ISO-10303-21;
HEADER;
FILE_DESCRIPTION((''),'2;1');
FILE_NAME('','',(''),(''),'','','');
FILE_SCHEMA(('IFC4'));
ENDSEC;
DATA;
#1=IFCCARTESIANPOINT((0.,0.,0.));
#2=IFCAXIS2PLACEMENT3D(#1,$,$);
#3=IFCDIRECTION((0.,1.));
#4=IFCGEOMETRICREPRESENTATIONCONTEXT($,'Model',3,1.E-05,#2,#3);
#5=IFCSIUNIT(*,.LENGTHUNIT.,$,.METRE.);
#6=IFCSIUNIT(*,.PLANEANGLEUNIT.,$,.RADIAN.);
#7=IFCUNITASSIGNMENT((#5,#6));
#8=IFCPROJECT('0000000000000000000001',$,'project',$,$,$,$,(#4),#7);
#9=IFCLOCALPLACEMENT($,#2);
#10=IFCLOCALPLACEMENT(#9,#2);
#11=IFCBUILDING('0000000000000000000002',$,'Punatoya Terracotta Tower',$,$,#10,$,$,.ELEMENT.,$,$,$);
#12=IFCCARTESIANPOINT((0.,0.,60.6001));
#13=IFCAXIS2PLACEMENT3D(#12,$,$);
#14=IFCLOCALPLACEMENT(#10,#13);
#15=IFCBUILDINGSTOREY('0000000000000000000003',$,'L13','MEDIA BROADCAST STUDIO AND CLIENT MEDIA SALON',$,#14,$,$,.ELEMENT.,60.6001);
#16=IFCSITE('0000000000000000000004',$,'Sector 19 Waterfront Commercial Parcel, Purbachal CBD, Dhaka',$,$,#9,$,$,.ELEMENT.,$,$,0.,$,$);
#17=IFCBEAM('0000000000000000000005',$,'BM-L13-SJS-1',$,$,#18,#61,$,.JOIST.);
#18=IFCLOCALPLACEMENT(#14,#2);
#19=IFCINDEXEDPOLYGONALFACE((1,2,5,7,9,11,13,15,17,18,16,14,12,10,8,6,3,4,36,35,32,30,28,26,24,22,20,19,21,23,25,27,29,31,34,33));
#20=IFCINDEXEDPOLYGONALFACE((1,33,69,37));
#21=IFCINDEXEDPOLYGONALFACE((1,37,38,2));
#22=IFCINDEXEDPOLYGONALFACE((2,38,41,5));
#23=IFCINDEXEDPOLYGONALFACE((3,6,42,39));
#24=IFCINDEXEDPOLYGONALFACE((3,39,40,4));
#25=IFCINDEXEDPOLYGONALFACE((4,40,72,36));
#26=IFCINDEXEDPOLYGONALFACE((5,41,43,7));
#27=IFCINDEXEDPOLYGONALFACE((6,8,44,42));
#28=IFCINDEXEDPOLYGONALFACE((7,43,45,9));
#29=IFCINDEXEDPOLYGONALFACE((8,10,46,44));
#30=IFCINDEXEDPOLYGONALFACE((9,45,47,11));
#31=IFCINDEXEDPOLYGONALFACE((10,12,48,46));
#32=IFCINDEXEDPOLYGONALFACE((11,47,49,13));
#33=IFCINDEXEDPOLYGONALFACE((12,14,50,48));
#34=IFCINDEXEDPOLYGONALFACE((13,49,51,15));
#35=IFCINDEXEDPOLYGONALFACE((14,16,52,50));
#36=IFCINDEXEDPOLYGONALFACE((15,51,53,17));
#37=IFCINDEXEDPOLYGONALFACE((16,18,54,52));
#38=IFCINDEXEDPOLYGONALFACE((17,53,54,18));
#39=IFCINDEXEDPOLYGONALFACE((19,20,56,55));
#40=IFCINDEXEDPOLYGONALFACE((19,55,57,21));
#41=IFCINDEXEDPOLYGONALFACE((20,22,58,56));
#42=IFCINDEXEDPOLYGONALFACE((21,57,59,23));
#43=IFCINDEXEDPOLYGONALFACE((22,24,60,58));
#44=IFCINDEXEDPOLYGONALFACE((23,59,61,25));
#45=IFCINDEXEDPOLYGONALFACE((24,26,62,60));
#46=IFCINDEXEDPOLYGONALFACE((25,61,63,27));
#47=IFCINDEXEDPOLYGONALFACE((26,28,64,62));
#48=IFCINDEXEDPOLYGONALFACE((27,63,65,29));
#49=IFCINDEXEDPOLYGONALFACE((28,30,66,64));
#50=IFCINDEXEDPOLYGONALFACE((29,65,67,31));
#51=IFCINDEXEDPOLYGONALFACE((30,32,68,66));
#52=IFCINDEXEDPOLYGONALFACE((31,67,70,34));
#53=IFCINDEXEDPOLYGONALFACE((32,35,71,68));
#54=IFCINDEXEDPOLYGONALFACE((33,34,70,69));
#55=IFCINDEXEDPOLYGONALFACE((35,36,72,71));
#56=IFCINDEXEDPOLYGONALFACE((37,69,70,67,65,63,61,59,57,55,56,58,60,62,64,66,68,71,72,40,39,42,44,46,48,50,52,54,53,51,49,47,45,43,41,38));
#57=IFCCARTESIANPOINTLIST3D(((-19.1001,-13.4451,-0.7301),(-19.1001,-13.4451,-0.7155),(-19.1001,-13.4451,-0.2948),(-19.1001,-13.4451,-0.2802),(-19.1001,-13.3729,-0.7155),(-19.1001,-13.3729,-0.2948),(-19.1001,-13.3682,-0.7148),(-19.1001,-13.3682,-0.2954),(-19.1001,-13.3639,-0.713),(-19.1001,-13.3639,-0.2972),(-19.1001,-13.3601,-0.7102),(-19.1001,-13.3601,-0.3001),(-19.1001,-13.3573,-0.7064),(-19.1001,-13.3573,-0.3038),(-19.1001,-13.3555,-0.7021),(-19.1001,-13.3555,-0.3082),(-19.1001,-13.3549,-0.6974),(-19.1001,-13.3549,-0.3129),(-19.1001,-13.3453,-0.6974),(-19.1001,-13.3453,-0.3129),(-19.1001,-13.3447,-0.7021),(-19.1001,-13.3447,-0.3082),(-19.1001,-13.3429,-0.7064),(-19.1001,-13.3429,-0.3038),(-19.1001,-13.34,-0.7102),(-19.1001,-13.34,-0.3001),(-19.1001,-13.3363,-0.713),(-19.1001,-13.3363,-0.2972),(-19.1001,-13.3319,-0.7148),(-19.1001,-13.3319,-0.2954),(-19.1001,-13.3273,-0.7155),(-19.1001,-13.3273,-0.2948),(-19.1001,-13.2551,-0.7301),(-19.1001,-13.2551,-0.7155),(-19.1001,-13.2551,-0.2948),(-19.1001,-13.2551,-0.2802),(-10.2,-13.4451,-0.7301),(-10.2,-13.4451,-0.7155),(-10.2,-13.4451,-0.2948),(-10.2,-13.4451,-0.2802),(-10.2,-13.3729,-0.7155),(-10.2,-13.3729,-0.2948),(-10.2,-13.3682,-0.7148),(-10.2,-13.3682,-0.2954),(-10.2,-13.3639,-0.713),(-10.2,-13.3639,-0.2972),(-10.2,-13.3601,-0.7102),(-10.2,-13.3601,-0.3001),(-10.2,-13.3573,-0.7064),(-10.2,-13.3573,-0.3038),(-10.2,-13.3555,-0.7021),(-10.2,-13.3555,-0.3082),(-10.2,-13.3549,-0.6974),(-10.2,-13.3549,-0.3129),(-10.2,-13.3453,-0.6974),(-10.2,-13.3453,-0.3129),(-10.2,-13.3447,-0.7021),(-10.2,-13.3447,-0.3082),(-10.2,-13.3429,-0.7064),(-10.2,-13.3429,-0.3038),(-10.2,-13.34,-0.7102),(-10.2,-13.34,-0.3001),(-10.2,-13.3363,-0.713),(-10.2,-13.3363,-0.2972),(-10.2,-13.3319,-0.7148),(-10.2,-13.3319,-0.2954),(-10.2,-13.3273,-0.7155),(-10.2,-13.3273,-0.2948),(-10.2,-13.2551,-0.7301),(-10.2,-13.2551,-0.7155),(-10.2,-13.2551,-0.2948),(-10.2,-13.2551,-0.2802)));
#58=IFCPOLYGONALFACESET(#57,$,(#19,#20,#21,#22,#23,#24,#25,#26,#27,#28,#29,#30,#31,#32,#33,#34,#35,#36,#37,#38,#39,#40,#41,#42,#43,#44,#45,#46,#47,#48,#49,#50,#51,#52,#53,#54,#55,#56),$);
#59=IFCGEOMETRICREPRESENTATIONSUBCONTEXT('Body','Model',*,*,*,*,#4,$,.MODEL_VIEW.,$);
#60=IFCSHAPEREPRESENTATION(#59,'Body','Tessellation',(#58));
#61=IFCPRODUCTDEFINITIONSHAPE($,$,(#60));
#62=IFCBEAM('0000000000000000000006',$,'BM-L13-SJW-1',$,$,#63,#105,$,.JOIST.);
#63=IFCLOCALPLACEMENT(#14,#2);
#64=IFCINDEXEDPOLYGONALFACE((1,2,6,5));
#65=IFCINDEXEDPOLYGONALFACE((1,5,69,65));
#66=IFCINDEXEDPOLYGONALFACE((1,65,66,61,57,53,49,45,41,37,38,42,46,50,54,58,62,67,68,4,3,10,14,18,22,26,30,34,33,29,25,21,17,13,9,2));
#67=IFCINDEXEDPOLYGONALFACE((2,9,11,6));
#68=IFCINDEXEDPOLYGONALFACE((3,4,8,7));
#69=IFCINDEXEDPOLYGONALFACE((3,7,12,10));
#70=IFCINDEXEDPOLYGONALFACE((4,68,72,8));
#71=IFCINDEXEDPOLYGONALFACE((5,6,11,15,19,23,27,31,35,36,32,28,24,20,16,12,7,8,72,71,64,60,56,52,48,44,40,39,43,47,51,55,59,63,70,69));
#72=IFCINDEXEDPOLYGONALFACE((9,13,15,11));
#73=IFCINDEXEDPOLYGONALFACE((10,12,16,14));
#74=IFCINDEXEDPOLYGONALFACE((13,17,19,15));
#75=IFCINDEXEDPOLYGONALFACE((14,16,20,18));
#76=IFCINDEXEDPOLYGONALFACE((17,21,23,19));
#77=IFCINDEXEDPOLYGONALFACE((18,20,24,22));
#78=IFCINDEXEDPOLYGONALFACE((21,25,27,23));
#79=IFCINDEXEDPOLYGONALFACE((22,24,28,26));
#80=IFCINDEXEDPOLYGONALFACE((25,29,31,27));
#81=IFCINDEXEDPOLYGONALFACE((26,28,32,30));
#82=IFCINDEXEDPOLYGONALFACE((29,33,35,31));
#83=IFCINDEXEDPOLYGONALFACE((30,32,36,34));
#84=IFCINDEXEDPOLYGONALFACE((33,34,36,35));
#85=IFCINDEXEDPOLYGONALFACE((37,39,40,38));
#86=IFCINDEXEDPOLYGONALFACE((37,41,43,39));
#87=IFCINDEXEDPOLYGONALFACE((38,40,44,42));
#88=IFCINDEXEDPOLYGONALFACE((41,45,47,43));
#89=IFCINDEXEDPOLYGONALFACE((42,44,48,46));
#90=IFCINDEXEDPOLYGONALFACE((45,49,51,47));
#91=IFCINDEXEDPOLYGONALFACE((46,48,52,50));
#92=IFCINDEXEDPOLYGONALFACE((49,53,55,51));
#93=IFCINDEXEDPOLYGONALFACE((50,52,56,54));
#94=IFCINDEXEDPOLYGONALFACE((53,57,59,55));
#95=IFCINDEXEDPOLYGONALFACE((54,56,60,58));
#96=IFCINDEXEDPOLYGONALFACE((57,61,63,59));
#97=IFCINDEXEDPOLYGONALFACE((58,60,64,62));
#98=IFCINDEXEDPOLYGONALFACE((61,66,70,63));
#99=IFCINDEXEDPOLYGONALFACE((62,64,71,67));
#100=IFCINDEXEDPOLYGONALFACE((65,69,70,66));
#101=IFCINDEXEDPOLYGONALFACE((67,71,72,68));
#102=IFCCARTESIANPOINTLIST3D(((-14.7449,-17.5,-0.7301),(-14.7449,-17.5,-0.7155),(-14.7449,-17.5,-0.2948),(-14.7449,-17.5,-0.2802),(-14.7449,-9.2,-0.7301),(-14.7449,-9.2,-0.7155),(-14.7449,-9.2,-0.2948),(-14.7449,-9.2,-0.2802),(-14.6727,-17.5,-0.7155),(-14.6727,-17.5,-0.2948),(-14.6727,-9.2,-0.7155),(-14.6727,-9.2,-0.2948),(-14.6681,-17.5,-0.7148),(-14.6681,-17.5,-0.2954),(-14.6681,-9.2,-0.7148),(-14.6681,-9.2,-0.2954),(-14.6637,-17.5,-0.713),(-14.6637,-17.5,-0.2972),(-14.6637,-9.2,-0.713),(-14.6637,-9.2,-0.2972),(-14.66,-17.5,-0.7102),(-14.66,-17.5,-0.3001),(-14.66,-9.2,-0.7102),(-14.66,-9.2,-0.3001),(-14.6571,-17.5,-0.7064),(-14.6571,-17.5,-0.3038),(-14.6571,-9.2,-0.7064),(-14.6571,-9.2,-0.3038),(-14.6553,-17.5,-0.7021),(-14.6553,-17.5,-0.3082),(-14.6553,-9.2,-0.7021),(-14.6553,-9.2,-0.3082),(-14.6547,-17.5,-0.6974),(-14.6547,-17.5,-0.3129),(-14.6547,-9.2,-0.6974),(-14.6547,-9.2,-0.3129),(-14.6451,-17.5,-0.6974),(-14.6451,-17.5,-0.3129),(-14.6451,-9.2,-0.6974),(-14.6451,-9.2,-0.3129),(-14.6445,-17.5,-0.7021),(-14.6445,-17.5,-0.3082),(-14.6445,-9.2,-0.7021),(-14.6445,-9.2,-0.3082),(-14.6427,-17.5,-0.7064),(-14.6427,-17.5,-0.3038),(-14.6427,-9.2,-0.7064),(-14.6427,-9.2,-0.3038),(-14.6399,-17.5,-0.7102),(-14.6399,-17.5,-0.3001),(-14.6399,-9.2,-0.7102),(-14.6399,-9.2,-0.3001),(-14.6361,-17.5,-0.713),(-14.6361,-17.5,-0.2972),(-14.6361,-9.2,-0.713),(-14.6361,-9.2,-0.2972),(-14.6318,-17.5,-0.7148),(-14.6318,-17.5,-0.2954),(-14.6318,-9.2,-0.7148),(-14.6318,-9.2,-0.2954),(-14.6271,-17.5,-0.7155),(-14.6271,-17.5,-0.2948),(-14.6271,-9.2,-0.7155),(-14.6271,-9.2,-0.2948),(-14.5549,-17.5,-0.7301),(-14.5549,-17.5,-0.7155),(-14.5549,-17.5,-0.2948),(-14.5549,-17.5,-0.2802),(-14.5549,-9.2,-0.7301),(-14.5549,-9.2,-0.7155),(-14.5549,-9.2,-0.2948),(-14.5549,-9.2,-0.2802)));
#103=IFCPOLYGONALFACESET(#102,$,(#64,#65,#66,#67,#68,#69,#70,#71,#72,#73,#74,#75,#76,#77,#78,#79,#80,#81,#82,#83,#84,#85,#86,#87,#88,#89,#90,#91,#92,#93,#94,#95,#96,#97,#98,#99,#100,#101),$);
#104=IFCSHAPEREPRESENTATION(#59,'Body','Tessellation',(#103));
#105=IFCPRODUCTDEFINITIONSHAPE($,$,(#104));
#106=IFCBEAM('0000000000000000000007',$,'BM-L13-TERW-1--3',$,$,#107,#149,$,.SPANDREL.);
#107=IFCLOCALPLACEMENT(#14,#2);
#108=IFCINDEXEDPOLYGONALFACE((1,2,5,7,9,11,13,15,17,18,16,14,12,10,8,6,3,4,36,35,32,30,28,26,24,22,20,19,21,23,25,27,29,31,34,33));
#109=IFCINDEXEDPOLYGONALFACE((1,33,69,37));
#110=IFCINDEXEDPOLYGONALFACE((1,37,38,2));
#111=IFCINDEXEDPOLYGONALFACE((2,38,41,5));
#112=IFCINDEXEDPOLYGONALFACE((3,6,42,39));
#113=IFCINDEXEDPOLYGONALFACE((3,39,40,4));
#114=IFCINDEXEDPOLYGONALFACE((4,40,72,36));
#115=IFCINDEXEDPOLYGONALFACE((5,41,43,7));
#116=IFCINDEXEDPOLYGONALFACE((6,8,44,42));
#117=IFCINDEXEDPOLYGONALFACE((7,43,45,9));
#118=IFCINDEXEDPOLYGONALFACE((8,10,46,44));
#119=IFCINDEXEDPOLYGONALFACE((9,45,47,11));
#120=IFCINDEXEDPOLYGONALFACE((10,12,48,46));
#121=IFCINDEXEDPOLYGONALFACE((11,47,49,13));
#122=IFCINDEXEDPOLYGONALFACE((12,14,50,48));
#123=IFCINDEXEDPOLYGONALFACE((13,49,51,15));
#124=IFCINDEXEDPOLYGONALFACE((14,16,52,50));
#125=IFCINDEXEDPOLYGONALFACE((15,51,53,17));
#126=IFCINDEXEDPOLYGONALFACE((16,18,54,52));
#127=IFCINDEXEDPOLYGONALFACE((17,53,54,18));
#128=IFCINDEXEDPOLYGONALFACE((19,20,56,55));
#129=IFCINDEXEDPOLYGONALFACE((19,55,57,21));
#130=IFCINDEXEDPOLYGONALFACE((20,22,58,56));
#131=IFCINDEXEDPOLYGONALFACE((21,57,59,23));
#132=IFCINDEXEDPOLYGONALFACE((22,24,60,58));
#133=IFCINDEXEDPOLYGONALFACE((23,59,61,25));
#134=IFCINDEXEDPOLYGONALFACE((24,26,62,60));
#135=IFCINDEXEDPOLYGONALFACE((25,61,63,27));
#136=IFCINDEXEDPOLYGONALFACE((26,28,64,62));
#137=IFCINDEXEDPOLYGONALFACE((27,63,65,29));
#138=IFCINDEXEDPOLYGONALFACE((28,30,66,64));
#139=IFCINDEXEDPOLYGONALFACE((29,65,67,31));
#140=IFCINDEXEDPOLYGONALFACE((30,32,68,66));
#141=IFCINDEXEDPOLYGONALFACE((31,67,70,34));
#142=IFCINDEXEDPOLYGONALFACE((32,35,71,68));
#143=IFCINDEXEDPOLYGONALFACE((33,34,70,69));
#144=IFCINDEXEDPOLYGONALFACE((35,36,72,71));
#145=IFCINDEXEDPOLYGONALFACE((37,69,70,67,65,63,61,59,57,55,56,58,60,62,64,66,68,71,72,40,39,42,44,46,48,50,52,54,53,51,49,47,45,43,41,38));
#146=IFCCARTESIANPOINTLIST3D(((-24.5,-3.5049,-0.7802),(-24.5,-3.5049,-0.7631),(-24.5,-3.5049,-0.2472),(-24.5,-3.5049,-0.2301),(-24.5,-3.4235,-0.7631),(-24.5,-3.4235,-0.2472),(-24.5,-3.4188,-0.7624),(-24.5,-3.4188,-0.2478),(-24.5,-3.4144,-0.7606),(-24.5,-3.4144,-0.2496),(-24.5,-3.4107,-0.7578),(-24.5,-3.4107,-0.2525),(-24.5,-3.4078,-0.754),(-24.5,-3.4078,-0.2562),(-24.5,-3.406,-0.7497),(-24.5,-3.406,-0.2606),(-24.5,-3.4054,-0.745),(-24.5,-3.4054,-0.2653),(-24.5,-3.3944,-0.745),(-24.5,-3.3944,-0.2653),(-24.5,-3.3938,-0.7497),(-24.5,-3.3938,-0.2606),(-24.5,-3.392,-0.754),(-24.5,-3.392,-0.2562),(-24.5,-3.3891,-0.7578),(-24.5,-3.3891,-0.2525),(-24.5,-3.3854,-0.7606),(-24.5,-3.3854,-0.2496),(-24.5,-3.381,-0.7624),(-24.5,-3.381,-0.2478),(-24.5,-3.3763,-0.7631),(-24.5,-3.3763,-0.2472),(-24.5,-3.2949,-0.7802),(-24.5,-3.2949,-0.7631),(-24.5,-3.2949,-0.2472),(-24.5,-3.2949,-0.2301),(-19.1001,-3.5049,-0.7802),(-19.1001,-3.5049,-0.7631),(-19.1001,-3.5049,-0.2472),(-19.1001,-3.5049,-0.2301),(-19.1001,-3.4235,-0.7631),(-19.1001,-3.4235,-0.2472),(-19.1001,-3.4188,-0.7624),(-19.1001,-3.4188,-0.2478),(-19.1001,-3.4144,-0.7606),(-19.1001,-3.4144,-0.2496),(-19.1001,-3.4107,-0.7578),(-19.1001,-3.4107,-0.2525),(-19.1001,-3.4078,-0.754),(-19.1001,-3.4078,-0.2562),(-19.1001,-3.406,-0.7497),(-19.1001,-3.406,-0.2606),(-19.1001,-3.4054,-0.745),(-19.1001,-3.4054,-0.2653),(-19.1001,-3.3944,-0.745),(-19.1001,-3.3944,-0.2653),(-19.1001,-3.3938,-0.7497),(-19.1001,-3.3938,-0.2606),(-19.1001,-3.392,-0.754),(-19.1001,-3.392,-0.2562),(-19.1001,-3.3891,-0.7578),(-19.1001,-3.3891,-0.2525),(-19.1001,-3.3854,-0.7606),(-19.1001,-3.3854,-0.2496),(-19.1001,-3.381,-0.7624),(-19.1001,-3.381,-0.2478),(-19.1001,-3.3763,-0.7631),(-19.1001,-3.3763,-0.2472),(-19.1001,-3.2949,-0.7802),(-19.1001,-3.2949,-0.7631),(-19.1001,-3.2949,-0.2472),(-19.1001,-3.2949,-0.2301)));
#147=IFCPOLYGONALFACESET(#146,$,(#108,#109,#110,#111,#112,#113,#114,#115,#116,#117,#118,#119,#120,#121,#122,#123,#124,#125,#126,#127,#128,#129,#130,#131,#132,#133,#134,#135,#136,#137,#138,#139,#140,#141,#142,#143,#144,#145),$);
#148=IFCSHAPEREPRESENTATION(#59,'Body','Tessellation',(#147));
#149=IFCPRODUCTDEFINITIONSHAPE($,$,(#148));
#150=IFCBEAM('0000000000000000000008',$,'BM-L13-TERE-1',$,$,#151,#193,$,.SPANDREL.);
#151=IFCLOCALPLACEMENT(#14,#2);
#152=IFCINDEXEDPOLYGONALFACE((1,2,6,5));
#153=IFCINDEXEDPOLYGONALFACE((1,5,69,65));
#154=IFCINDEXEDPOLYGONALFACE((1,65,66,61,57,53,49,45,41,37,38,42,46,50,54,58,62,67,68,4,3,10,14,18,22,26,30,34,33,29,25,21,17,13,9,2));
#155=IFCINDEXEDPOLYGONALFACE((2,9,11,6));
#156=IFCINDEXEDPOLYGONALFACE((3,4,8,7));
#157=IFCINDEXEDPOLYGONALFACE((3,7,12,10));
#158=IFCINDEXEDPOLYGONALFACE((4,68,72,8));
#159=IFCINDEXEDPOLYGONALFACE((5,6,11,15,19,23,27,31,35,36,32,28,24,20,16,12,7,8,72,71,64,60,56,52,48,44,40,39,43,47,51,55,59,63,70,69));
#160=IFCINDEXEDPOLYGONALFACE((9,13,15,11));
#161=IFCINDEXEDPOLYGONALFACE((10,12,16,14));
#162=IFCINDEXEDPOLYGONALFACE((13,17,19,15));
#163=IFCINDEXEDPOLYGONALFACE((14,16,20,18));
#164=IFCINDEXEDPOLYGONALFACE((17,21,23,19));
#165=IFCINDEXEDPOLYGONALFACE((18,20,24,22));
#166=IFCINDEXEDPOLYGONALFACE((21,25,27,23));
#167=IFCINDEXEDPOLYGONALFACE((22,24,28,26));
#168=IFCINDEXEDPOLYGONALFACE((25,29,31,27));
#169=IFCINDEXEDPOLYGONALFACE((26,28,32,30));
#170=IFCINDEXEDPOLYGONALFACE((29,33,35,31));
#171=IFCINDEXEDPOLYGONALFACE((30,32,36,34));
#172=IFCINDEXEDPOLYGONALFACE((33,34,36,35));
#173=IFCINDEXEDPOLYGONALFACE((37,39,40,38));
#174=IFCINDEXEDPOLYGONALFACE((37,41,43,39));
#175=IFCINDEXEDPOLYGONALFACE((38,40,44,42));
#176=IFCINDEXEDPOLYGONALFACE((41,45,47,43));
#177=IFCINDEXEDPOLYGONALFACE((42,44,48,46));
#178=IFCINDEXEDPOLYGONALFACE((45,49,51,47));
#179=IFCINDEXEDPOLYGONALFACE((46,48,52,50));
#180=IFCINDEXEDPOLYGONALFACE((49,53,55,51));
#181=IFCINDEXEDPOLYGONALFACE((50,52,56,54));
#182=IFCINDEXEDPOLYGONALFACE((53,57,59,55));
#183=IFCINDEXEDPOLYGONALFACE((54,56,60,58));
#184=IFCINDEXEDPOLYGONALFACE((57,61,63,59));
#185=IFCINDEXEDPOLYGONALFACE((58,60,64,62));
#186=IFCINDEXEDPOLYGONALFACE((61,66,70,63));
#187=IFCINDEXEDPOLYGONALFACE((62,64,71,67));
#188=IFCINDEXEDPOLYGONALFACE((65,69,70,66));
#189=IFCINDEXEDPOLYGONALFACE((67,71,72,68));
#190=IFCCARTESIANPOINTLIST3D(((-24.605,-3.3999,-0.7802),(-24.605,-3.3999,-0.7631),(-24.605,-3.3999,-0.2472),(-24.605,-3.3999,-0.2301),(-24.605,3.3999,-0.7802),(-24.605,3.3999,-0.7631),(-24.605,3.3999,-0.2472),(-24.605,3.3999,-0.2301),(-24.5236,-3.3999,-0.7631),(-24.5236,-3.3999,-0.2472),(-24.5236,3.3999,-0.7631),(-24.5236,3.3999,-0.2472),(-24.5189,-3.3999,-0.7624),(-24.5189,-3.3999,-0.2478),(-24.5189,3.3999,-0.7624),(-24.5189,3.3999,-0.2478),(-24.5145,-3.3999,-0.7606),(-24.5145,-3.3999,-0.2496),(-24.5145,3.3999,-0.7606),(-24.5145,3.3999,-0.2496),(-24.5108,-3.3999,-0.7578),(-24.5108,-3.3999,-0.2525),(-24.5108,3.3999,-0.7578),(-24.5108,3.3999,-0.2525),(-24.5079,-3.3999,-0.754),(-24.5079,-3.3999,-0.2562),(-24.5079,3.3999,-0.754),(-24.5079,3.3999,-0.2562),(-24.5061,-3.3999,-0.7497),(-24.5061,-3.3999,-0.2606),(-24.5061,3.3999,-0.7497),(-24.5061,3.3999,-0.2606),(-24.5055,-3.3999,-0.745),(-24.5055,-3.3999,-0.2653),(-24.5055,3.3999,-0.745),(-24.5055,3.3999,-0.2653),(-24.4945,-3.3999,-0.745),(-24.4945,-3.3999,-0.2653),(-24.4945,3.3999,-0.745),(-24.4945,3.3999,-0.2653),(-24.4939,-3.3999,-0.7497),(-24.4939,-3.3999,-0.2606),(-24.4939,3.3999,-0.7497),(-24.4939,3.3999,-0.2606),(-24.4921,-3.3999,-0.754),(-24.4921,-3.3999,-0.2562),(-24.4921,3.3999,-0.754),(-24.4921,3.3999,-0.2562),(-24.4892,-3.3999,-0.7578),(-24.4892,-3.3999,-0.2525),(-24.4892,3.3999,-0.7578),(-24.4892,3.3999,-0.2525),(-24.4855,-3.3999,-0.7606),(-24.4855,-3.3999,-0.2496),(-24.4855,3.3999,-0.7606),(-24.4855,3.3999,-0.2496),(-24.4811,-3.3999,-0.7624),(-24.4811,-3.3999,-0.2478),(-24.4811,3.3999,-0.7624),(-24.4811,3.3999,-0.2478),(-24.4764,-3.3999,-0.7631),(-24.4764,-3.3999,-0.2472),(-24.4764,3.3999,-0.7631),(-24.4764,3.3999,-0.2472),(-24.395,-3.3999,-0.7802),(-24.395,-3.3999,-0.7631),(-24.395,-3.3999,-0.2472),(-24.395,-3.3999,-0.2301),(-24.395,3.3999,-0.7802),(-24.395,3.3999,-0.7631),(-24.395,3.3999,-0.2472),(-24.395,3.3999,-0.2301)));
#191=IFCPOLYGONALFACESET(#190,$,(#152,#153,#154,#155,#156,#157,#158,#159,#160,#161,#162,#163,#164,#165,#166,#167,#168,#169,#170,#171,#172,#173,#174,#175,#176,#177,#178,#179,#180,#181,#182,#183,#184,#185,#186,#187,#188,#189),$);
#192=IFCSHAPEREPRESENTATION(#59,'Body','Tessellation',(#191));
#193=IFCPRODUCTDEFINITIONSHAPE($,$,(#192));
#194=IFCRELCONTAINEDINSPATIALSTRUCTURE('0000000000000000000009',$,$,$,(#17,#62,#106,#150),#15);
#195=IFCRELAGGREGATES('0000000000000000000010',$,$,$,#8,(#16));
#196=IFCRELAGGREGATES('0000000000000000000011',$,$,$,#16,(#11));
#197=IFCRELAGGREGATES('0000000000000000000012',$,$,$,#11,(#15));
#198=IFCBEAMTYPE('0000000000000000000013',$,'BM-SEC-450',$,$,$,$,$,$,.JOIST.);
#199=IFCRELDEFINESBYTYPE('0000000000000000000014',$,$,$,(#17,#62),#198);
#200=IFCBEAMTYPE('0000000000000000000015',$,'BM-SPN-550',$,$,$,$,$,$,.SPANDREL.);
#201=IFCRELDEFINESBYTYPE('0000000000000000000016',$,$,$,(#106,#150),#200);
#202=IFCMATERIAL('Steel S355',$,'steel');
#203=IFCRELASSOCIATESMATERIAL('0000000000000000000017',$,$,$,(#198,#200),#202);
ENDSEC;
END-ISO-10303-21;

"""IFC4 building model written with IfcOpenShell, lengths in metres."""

from ifc_helpers import new_model, si_unit, direction, frame, origin, origin_2d, place, context, subcontext, project, spatial, i_section, extrude, material, material_profile, profile_set, type_object, element, save


model = new_model("IFC4")

# Units and contexts
model_context = context("Model", 3, precision=1e-05, world=origin(), true_north=direction((0.0, 1.0)))
body_context = subcontext(model_context, "Body", "Model", "MODEL_VIEW")
ifc_project = project(units=[si_unit("LENGTHUNIT", "METRE"), si_unit("PLANEANGLEUNIT", "RADIAN")], contexts=[model_context])

# Site, building, storey
site_placement = place(None, origin())
site = spatial("IfcSite", under=ifc_project, at=site_placement, Name="Sector 19 Waterfront Commercial Parcel, Purbachal CBD, Dhaka", CompositionType="ELEMENT", RefElevation=0.0)
building_placement = place(site_placement, origin())
building = spatial("IfcBuilding", under=site, at=building_placement, Name="Punatoya Terracotta Tower", CompositionType="ELEMENT")
storey_placement = place(building_placement, frame((0.0, 0.0, 60.6001)))
storey = spatial("IfcBuildingStorey", under=building, at=storey_placement, Name="L13", Description="MEDIA BROADCAST STUDIO AND CLIENT MEDIA SALON", CompositionType="ELEMENT", Elevation=60.6001)

# Beams
ifc_material_1 = material(Name="Steel S355", Category="steel")
ifc_material_profile_1 = material_profile(ifc_material_1, i_section(OverallWidth=0.1899, OverallDepth=0.45, WebThickness=0.0095, FlangeThickness=0.0146, FilletRadius=0.0181, at=origin_2d()))
ifc_profile_set_1 = profile_set([ifc_material_profile_1], Name="Steel S355")
beam_type_1 = type_object("IfcBeamType", Name="BM-SEC-450", PredefinedType="JOIST", material=ifc_profile_set_1)
beam_1_placement = place(storey_placement, frame((-19.1001, -13.3501, -0.5051), z_axis=(1.0, 0.0, 0.0), x_axis=(0.0, 1.0, 0.0)))
element("IfcBeam", 1, at=beam_1_placement, inside=storey, type_object=beam_type_1, Name="BM-L13-SJS-1", PredefinedType="JOIST", context=body_context, shape_type="SweptSolid", body=[
    extrude(i_section(OverallWidth=0.1899, OverallDepth=0.45, WebThickness=0.0095, FlangeThickness=0.0146, FilletRadius=0.0181, at=origin_2d()), origin(), (0.0, 0.0, 1.0), 8.9001),
])
beam_2_placement = place(storey_placement, frame((-14.6499, -17.5, -0.5051), z_axis=(0.0, 1.0, 0.0), x_axis=(-1.0, 0.0, 0.0)))
element("IfcBeam", 2, at=beam_2_placement, inside=storey, type_object=beam_type_1, Name="BM-L13-SJW-1", PredefinedType="JOIST", context=body_context, shape_type="SweptSolid", body=[
    extrude(i_section(OverallWidth=0.1899, OverallDepth=0.45, WebThickness=0.0095, FlangeThickness=0.0146, FilletRadius=0.0181, at=origin_2d()), origin(), (0.0, 0.0, 1.0), 8.3),
])
ifc_material_profile_2 = material_profile(ifc_material_1, i_section(OverallWidth=0.21, OverallDepth=0.55, WebThickness=0.011, FlangeThickness=0.0171, FilletRadius=0.0181, at=origin_2d()))
ifc_profile_set_2 = profile_set([ifc_material_profile_2], Name="Steel S355")
beam_type_2 = type_object("IfcBeamType", Name="BM-SPN-550", PredefinedType="SPANDREL", material=ifc_profile_set_2)
beam_3_placement = place(storey_placement, frame((-24.5, -3.3999, -0.5051), z_axis=(1.0, 0.0, 0.0), x_axis=(0.0, 1.0, 0.0)))
element("IfcBeam", 3, at=beam_3_placement, inside=storey, type_object=beam_type_2, Name="BM-L13-TERW-1--3", PredefinedType="SPANDREL", context=body_context, shape_type="SweptSolid", body=[
    extrude(i_section(OverallWidth=0.21, OverallDepth=0.55, WebThickness=0.011, FlangeThickness=0.0171, FilletRadius=0.0181, at=origin_2d()), origin(), (0.0, 0.0, 1.0), 5.3999),
])
beam_4_placement = place(storey_placement, frame((-24.5, -3.3999, -0.5051), z_axis=(0.0, 1.0, 0.0), x_axis=(-1.0, 0.0, 0.0)))
element("IfcBeam", 4, at=beam_4_placement, inside=storey, type_object=beam_type_2, Name="BM-L13-TERE-1", PredefinedType="SPANDREL", context=body_context, shape_type="SweptSolid", body=[
    extrude(i_section(OverallWidth=0.21, OverallDepth=0.55, WebThickness=0.011, FlangeThickness=0.0171, FilletRadius=0.0181, at=origin_2d()), origin(), (0.0, 0.0, 1.0), 6.7998),
])

save(model, "model.ifc")
